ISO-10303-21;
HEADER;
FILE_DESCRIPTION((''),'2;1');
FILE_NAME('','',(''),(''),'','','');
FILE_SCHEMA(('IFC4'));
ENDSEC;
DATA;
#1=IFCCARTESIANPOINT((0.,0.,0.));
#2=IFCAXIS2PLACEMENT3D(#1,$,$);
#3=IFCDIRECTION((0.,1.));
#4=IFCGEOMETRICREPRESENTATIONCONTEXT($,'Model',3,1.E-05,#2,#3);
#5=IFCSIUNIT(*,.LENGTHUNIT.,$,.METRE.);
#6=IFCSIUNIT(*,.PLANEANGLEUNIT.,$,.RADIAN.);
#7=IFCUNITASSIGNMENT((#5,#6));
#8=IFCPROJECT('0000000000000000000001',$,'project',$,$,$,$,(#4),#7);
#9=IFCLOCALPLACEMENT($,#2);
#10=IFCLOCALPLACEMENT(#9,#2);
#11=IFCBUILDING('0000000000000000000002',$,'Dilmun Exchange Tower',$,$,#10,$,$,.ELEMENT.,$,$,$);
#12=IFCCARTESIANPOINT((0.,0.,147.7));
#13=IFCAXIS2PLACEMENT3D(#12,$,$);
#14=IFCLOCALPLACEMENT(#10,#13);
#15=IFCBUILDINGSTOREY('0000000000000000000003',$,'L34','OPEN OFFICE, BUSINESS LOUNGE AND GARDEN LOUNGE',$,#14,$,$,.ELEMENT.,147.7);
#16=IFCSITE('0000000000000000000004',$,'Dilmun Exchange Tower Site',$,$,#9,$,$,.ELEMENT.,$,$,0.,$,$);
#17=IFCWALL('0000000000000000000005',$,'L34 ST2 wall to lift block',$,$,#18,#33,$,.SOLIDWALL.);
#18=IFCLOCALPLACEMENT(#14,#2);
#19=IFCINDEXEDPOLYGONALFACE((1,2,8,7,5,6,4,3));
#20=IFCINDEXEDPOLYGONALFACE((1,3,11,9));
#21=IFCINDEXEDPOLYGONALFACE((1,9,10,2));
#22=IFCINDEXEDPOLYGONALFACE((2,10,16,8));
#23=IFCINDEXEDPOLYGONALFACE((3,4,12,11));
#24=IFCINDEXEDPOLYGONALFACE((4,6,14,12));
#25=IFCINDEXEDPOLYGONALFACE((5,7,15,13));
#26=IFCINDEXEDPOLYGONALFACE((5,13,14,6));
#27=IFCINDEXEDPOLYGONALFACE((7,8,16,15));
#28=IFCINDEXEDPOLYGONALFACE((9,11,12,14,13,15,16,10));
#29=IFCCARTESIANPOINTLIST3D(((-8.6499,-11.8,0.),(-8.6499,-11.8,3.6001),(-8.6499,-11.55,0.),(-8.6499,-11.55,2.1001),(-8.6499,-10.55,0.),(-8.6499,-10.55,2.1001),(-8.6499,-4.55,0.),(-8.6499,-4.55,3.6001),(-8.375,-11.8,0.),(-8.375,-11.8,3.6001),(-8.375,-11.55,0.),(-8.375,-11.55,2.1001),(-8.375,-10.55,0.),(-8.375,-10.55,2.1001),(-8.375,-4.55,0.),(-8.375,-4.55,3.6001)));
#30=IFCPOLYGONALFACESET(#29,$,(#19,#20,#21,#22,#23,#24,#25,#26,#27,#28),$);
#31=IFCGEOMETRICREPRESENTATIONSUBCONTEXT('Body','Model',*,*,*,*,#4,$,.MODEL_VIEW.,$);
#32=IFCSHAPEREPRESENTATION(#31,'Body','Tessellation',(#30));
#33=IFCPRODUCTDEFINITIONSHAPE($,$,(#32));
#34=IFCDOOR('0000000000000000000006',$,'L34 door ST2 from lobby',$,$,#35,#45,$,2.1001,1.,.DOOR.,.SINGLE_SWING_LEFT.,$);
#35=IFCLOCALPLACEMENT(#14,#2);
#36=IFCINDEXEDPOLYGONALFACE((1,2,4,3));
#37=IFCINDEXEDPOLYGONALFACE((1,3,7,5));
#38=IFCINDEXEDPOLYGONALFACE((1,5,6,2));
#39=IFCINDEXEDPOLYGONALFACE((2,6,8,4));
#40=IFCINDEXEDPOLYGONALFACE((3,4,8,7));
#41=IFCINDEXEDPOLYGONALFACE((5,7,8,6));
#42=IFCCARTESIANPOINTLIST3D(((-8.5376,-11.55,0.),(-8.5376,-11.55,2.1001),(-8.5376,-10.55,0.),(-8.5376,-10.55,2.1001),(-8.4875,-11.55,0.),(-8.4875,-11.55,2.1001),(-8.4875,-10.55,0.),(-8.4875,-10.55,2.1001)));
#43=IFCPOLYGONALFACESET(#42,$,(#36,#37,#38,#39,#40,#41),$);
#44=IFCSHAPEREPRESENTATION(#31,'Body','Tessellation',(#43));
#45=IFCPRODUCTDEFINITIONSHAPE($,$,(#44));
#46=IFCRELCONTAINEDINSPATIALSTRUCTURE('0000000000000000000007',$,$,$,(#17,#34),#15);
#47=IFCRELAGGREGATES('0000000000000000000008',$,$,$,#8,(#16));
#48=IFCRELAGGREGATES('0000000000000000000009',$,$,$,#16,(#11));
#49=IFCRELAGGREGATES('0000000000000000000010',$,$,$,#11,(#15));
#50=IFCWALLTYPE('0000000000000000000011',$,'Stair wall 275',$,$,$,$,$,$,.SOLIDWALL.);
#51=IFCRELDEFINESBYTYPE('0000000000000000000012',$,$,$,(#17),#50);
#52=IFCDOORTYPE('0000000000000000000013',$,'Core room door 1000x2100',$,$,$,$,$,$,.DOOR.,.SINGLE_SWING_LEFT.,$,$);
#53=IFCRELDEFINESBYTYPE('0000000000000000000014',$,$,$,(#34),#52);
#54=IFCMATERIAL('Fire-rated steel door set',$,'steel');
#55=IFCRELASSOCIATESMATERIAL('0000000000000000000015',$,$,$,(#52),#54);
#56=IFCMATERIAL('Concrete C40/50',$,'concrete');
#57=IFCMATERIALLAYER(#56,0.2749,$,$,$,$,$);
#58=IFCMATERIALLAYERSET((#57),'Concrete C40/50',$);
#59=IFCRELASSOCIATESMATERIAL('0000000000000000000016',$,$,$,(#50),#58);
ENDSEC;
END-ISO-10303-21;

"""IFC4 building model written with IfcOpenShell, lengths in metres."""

from ifc_helpers import new_model, si_unit, direction, frame, frame_2d, origin, place, context, subcontext, project, spatial, rectangle, extrude, material, layer, layer_set, type_object, element, fill, save


model = new_model("IFC4")

# Units and contexts
model_context = context("Model", 3, precision=1e-05, world=origin(), true_north=direction((0.0, 1.0)))
body_context = subcontext(model_context, "Body", "Model", "MODEL_VIEW")
ifc_project = project(units=[si_unit("LENGTHUNIT", "METRE"), si_unit("PLANEANGLEUNIT", "RADIAN")], contexts=[model_context])

# Site, building, storey
site_placement = place(None, origin())
site = spatial("IfcSite", under=ifc_project, at=site_placement, Name="Dilmun Exchange Tower Site", CompositionType="ELEMENT", RefElevation=0.0)
building_placement = place(site_placement, origin())
building = spatial("IfcBuilding", under=site, at=building_placement, Name="Dilmun Exchange Tower", CompositionType="ELEMENT")
storey_placement = place(building_placement, frame((0.0, 0.0, 147.7)))
storey = spatial("IfcBuildingStorey", under=building, at=storey_placement, Name="L34", Description="OPEN OFFICE, BUSINESS LOUNGE AND GARDEN LOUNGE", CompositionType="ELEMENT", Elevation=147.7)

# Shared definitions
ifc_material_1 = material(Name="Concrete C40/50", Category="concrete")

# Shared definitions
ifc_material_2 = material(Name="Fire-rated steel door set", Category="steel")
door_type_1 = type_object("IfcDoorType", Name="Core room door 1000x2100", OperationType="SINGLE_SWING_LEFT", PredefinedType="DOOR", material=ifc_material_2)

# Wall, opening, door
ifc_layer_1 = layer(ifc_material_1, 0.2749)
ifc_layer_set_1 = layer_set([ifc_layer_1], Name="Concrete C40/50")
wall_type_1 = type_object("IfcWallType", Name="Stair wall 275", PredefinedType="SOLIDWALL", material=ifc_layer_set_1)
wall_1_placement = place(storey_placement, frame((-8.5125, -4.55, 0.0), z_axis=(0.0, 0.0, 1.0), x_axis=(0.0, -1.0, 0.0)))
wall_1 = element("IfcWall", 1, at=wall_1_placement, inside=storey, type_object=wall_type_1, Name="L34 ST2 wall to lift block", PredefinedType="SOLIDWALL", context=body_context, shape_type="SweptSolid", body=[
    extrude(rectangle(XDim=7.25, YDim=0.2749, at=frame_2d((3.625, 0.0))), origin(), (0.0, 0.0, 1.0), 3.6001),
])
opening_1_placement = place(wall_1_placement, frame((6.0, 0.0, 0.0)))
opening_1 = element("IfcOpeningElement", 2, at=opening_1_placement, cuts=wall_1, PredefinedType="OPENING", context=body_context, shape_type="SweptSolid", body=[
    extrude(rectangle(XDim=1.0, YDim=2.1001, at=frame_2d((0.5, 1.05))), frame((0.0, 0.1475, 0.0), z_axis=(0.0, -1.0, 0.0), x_axis=(1.0, 0.0, 0.0)), (0.0, 0.0, 1.0), 0.2949),
])
door_1_placement = place(opening_1_placement, origin())
door_1 = element("IfcDoor", 3, at=door_1_placement, inside=storey, type_object=door_type_1, Name="L34 door ST2 from lobby", OperationType="SINGLE_SWING_LEFT", OverallHeight=2.1001, OverallWidth=1.0, PredefinedType="DOOR", context=body_context, shape_type="SweptSolid", body=[
    extrude(rectangle(XDim=1.0, YDim=2.1001, at=frame_2d((0.5, 1.05))), frame((0.0, 0.0249, 0.0), z_axis=(0.0, -1.0, 0.0), x_axis=(1.0, 0.0, 0.0)), (0.0, 0.0, 1.0), 0.05),
])
fill(opening_1, door_1)

save(model, "model.ifc")
